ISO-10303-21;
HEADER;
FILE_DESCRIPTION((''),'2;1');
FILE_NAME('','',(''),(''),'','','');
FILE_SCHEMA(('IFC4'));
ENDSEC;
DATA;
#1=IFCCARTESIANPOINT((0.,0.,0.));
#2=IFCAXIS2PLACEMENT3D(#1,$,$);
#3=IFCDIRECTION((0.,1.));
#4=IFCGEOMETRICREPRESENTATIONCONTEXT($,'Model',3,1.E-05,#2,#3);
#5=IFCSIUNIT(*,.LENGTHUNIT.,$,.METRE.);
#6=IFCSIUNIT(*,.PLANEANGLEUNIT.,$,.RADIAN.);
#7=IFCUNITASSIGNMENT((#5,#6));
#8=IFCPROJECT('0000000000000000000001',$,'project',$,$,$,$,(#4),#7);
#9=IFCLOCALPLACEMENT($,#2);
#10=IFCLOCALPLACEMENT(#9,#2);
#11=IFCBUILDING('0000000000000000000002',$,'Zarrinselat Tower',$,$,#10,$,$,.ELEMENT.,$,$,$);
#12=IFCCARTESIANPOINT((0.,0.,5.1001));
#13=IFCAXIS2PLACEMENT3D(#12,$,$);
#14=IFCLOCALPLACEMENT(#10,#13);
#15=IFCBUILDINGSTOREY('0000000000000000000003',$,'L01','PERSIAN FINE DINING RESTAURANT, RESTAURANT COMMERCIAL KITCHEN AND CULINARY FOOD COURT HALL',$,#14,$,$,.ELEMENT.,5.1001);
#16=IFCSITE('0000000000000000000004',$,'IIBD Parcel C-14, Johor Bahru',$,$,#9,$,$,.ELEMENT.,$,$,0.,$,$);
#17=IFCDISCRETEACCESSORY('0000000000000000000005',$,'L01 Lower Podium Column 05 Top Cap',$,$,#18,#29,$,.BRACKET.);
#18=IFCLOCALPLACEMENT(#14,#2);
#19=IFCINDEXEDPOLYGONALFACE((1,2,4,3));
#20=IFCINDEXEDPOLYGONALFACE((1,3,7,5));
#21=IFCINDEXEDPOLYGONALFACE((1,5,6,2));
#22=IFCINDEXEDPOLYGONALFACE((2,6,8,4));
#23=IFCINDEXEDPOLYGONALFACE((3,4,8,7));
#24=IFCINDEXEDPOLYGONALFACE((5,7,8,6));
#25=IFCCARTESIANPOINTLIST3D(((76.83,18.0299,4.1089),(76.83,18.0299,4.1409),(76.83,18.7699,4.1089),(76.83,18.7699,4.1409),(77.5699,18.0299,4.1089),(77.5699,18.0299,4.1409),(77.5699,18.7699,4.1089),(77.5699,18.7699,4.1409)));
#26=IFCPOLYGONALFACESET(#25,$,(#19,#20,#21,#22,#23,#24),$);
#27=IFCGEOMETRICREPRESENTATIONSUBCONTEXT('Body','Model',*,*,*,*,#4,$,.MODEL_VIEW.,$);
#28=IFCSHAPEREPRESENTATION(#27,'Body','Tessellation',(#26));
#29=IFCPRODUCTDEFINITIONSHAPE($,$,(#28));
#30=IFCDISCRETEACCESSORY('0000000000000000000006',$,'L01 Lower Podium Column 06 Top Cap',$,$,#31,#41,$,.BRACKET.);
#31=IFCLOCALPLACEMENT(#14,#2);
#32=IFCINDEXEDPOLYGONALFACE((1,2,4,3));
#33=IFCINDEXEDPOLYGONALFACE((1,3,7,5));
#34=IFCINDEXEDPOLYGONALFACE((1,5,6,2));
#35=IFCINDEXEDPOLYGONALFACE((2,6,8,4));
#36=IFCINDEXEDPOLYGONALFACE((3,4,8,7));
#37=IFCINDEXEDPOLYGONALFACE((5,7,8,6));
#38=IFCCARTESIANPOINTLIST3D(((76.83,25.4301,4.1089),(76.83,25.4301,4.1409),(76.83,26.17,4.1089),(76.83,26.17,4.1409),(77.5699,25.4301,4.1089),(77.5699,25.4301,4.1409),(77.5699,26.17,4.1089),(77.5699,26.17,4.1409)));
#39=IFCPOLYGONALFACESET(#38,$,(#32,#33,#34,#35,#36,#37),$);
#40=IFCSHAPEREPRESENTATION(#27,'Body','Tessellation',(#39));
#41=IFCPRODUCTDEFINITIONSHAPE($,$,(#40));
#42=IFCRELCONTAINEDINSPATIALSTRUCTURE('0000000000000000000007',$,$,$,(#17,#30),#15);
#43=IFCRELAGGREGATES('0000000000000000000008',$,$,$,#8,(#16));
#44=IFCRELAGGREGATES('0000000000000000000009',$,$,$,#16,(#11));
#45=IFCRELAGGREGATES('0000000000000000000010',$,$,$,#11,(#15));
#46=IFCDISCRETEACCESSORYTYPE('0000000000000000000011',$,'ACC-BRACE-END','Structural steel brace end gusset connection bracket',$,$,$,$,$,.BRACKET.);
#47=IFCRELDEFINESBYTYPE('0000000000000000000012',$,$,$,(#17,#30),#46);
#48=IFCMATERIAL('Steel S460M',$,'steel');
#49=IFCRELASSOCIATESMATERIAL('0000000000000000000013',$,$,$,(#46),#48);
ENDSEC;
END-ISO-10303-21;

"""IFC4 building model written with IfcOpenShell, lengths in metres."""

from ifc_helpers import new_model, si_unit, direction, frame, origin, origin_2d, place, context, subcontext, project, spatial, rectangle, extrude, material, type_object, element, save


model = new_model("IFC4")

# Units and contexts
model_context = context("Model", 3, precision=1e-05, world=origin(), true_north=direction((0.0, 1.0)))
body_context = subcontext(model_context, "Body", "Model", "MODEL_VIEW")
ifc_project = project(units=[si_unit("LENGTHUNIT", "METRE"), si_unit("PLANEANGLEUNIT", "RADIAN")], contexts=[model_context])

# Site, building, storey
site_placement = place(None, origin())
site = spatial("IfcSite", under=ifc_project, at=site_placement, Name="IIBD Parcel C-14, Johor Bahru", CompositionType="ELEMENT", RefElevation=0.0)
building_placement = place(site_placement, origin())
building = spatial("IfcBuilding", under=site, at=building_placement, Name="Zarrinselat Tower", CompositionType="ELEMENT")
storey_placement = place(building_placement, frame((0.0, 0.0, 5.1001)))
storey = spatial("IfcBuildingStorey", under=building, at=storey_placement, Name="L01", Description="PERSIAN FINE DINING RESTAURANT, RESTAURANT COMMERCIAL KITCHEN AND CULINARY FOOD COURT HALL", CompositionType="ELEMENT", Elevation=5.1001)

# Discrete accessories
ifc_material_1 = material(Name="Steel S460M", Category="steel")
discrete_accessory_type = type_object("IfcDiscreteAccessoryType", Name="ACC-BRACE-END", Description="Structural steel brace end gusset connection bracket", PredefinedType="BRACKET", material=ifc_material_1)
for number, where, z_axis, x_axis, name in (
    (1, (77.2, 18.3999, 4.1089), (0.0, 0.0, 1.0), (1.0, 0.0, 0.0), "L01 Lower Podium Column 05 Top Cap"),
    (2, (77.2, 25.8, 4.1089), (0.0, 0.0, 1.0), (1.0, 0.0, 0.0), "L01 Lower Podium Column 06 Top Cap"),
):
    element("IfcDiscreteAccessory", number, at=place(storey_placement, frame(where, z_axis=z_axis, x_axis=x_axis)), inside=storey, type_object=discrete_accessory_type, Name=name, PredefinedType="BRACKET", context=body_context, shape_type="SweptSolid", body=[
        extrude(rectangle(XDim=0.74, YDim=0.74, at=origin_2d()), origin(), (0.0, 0.0, 1.0), 0.032),
    ])

save(model, "model.ifc")
